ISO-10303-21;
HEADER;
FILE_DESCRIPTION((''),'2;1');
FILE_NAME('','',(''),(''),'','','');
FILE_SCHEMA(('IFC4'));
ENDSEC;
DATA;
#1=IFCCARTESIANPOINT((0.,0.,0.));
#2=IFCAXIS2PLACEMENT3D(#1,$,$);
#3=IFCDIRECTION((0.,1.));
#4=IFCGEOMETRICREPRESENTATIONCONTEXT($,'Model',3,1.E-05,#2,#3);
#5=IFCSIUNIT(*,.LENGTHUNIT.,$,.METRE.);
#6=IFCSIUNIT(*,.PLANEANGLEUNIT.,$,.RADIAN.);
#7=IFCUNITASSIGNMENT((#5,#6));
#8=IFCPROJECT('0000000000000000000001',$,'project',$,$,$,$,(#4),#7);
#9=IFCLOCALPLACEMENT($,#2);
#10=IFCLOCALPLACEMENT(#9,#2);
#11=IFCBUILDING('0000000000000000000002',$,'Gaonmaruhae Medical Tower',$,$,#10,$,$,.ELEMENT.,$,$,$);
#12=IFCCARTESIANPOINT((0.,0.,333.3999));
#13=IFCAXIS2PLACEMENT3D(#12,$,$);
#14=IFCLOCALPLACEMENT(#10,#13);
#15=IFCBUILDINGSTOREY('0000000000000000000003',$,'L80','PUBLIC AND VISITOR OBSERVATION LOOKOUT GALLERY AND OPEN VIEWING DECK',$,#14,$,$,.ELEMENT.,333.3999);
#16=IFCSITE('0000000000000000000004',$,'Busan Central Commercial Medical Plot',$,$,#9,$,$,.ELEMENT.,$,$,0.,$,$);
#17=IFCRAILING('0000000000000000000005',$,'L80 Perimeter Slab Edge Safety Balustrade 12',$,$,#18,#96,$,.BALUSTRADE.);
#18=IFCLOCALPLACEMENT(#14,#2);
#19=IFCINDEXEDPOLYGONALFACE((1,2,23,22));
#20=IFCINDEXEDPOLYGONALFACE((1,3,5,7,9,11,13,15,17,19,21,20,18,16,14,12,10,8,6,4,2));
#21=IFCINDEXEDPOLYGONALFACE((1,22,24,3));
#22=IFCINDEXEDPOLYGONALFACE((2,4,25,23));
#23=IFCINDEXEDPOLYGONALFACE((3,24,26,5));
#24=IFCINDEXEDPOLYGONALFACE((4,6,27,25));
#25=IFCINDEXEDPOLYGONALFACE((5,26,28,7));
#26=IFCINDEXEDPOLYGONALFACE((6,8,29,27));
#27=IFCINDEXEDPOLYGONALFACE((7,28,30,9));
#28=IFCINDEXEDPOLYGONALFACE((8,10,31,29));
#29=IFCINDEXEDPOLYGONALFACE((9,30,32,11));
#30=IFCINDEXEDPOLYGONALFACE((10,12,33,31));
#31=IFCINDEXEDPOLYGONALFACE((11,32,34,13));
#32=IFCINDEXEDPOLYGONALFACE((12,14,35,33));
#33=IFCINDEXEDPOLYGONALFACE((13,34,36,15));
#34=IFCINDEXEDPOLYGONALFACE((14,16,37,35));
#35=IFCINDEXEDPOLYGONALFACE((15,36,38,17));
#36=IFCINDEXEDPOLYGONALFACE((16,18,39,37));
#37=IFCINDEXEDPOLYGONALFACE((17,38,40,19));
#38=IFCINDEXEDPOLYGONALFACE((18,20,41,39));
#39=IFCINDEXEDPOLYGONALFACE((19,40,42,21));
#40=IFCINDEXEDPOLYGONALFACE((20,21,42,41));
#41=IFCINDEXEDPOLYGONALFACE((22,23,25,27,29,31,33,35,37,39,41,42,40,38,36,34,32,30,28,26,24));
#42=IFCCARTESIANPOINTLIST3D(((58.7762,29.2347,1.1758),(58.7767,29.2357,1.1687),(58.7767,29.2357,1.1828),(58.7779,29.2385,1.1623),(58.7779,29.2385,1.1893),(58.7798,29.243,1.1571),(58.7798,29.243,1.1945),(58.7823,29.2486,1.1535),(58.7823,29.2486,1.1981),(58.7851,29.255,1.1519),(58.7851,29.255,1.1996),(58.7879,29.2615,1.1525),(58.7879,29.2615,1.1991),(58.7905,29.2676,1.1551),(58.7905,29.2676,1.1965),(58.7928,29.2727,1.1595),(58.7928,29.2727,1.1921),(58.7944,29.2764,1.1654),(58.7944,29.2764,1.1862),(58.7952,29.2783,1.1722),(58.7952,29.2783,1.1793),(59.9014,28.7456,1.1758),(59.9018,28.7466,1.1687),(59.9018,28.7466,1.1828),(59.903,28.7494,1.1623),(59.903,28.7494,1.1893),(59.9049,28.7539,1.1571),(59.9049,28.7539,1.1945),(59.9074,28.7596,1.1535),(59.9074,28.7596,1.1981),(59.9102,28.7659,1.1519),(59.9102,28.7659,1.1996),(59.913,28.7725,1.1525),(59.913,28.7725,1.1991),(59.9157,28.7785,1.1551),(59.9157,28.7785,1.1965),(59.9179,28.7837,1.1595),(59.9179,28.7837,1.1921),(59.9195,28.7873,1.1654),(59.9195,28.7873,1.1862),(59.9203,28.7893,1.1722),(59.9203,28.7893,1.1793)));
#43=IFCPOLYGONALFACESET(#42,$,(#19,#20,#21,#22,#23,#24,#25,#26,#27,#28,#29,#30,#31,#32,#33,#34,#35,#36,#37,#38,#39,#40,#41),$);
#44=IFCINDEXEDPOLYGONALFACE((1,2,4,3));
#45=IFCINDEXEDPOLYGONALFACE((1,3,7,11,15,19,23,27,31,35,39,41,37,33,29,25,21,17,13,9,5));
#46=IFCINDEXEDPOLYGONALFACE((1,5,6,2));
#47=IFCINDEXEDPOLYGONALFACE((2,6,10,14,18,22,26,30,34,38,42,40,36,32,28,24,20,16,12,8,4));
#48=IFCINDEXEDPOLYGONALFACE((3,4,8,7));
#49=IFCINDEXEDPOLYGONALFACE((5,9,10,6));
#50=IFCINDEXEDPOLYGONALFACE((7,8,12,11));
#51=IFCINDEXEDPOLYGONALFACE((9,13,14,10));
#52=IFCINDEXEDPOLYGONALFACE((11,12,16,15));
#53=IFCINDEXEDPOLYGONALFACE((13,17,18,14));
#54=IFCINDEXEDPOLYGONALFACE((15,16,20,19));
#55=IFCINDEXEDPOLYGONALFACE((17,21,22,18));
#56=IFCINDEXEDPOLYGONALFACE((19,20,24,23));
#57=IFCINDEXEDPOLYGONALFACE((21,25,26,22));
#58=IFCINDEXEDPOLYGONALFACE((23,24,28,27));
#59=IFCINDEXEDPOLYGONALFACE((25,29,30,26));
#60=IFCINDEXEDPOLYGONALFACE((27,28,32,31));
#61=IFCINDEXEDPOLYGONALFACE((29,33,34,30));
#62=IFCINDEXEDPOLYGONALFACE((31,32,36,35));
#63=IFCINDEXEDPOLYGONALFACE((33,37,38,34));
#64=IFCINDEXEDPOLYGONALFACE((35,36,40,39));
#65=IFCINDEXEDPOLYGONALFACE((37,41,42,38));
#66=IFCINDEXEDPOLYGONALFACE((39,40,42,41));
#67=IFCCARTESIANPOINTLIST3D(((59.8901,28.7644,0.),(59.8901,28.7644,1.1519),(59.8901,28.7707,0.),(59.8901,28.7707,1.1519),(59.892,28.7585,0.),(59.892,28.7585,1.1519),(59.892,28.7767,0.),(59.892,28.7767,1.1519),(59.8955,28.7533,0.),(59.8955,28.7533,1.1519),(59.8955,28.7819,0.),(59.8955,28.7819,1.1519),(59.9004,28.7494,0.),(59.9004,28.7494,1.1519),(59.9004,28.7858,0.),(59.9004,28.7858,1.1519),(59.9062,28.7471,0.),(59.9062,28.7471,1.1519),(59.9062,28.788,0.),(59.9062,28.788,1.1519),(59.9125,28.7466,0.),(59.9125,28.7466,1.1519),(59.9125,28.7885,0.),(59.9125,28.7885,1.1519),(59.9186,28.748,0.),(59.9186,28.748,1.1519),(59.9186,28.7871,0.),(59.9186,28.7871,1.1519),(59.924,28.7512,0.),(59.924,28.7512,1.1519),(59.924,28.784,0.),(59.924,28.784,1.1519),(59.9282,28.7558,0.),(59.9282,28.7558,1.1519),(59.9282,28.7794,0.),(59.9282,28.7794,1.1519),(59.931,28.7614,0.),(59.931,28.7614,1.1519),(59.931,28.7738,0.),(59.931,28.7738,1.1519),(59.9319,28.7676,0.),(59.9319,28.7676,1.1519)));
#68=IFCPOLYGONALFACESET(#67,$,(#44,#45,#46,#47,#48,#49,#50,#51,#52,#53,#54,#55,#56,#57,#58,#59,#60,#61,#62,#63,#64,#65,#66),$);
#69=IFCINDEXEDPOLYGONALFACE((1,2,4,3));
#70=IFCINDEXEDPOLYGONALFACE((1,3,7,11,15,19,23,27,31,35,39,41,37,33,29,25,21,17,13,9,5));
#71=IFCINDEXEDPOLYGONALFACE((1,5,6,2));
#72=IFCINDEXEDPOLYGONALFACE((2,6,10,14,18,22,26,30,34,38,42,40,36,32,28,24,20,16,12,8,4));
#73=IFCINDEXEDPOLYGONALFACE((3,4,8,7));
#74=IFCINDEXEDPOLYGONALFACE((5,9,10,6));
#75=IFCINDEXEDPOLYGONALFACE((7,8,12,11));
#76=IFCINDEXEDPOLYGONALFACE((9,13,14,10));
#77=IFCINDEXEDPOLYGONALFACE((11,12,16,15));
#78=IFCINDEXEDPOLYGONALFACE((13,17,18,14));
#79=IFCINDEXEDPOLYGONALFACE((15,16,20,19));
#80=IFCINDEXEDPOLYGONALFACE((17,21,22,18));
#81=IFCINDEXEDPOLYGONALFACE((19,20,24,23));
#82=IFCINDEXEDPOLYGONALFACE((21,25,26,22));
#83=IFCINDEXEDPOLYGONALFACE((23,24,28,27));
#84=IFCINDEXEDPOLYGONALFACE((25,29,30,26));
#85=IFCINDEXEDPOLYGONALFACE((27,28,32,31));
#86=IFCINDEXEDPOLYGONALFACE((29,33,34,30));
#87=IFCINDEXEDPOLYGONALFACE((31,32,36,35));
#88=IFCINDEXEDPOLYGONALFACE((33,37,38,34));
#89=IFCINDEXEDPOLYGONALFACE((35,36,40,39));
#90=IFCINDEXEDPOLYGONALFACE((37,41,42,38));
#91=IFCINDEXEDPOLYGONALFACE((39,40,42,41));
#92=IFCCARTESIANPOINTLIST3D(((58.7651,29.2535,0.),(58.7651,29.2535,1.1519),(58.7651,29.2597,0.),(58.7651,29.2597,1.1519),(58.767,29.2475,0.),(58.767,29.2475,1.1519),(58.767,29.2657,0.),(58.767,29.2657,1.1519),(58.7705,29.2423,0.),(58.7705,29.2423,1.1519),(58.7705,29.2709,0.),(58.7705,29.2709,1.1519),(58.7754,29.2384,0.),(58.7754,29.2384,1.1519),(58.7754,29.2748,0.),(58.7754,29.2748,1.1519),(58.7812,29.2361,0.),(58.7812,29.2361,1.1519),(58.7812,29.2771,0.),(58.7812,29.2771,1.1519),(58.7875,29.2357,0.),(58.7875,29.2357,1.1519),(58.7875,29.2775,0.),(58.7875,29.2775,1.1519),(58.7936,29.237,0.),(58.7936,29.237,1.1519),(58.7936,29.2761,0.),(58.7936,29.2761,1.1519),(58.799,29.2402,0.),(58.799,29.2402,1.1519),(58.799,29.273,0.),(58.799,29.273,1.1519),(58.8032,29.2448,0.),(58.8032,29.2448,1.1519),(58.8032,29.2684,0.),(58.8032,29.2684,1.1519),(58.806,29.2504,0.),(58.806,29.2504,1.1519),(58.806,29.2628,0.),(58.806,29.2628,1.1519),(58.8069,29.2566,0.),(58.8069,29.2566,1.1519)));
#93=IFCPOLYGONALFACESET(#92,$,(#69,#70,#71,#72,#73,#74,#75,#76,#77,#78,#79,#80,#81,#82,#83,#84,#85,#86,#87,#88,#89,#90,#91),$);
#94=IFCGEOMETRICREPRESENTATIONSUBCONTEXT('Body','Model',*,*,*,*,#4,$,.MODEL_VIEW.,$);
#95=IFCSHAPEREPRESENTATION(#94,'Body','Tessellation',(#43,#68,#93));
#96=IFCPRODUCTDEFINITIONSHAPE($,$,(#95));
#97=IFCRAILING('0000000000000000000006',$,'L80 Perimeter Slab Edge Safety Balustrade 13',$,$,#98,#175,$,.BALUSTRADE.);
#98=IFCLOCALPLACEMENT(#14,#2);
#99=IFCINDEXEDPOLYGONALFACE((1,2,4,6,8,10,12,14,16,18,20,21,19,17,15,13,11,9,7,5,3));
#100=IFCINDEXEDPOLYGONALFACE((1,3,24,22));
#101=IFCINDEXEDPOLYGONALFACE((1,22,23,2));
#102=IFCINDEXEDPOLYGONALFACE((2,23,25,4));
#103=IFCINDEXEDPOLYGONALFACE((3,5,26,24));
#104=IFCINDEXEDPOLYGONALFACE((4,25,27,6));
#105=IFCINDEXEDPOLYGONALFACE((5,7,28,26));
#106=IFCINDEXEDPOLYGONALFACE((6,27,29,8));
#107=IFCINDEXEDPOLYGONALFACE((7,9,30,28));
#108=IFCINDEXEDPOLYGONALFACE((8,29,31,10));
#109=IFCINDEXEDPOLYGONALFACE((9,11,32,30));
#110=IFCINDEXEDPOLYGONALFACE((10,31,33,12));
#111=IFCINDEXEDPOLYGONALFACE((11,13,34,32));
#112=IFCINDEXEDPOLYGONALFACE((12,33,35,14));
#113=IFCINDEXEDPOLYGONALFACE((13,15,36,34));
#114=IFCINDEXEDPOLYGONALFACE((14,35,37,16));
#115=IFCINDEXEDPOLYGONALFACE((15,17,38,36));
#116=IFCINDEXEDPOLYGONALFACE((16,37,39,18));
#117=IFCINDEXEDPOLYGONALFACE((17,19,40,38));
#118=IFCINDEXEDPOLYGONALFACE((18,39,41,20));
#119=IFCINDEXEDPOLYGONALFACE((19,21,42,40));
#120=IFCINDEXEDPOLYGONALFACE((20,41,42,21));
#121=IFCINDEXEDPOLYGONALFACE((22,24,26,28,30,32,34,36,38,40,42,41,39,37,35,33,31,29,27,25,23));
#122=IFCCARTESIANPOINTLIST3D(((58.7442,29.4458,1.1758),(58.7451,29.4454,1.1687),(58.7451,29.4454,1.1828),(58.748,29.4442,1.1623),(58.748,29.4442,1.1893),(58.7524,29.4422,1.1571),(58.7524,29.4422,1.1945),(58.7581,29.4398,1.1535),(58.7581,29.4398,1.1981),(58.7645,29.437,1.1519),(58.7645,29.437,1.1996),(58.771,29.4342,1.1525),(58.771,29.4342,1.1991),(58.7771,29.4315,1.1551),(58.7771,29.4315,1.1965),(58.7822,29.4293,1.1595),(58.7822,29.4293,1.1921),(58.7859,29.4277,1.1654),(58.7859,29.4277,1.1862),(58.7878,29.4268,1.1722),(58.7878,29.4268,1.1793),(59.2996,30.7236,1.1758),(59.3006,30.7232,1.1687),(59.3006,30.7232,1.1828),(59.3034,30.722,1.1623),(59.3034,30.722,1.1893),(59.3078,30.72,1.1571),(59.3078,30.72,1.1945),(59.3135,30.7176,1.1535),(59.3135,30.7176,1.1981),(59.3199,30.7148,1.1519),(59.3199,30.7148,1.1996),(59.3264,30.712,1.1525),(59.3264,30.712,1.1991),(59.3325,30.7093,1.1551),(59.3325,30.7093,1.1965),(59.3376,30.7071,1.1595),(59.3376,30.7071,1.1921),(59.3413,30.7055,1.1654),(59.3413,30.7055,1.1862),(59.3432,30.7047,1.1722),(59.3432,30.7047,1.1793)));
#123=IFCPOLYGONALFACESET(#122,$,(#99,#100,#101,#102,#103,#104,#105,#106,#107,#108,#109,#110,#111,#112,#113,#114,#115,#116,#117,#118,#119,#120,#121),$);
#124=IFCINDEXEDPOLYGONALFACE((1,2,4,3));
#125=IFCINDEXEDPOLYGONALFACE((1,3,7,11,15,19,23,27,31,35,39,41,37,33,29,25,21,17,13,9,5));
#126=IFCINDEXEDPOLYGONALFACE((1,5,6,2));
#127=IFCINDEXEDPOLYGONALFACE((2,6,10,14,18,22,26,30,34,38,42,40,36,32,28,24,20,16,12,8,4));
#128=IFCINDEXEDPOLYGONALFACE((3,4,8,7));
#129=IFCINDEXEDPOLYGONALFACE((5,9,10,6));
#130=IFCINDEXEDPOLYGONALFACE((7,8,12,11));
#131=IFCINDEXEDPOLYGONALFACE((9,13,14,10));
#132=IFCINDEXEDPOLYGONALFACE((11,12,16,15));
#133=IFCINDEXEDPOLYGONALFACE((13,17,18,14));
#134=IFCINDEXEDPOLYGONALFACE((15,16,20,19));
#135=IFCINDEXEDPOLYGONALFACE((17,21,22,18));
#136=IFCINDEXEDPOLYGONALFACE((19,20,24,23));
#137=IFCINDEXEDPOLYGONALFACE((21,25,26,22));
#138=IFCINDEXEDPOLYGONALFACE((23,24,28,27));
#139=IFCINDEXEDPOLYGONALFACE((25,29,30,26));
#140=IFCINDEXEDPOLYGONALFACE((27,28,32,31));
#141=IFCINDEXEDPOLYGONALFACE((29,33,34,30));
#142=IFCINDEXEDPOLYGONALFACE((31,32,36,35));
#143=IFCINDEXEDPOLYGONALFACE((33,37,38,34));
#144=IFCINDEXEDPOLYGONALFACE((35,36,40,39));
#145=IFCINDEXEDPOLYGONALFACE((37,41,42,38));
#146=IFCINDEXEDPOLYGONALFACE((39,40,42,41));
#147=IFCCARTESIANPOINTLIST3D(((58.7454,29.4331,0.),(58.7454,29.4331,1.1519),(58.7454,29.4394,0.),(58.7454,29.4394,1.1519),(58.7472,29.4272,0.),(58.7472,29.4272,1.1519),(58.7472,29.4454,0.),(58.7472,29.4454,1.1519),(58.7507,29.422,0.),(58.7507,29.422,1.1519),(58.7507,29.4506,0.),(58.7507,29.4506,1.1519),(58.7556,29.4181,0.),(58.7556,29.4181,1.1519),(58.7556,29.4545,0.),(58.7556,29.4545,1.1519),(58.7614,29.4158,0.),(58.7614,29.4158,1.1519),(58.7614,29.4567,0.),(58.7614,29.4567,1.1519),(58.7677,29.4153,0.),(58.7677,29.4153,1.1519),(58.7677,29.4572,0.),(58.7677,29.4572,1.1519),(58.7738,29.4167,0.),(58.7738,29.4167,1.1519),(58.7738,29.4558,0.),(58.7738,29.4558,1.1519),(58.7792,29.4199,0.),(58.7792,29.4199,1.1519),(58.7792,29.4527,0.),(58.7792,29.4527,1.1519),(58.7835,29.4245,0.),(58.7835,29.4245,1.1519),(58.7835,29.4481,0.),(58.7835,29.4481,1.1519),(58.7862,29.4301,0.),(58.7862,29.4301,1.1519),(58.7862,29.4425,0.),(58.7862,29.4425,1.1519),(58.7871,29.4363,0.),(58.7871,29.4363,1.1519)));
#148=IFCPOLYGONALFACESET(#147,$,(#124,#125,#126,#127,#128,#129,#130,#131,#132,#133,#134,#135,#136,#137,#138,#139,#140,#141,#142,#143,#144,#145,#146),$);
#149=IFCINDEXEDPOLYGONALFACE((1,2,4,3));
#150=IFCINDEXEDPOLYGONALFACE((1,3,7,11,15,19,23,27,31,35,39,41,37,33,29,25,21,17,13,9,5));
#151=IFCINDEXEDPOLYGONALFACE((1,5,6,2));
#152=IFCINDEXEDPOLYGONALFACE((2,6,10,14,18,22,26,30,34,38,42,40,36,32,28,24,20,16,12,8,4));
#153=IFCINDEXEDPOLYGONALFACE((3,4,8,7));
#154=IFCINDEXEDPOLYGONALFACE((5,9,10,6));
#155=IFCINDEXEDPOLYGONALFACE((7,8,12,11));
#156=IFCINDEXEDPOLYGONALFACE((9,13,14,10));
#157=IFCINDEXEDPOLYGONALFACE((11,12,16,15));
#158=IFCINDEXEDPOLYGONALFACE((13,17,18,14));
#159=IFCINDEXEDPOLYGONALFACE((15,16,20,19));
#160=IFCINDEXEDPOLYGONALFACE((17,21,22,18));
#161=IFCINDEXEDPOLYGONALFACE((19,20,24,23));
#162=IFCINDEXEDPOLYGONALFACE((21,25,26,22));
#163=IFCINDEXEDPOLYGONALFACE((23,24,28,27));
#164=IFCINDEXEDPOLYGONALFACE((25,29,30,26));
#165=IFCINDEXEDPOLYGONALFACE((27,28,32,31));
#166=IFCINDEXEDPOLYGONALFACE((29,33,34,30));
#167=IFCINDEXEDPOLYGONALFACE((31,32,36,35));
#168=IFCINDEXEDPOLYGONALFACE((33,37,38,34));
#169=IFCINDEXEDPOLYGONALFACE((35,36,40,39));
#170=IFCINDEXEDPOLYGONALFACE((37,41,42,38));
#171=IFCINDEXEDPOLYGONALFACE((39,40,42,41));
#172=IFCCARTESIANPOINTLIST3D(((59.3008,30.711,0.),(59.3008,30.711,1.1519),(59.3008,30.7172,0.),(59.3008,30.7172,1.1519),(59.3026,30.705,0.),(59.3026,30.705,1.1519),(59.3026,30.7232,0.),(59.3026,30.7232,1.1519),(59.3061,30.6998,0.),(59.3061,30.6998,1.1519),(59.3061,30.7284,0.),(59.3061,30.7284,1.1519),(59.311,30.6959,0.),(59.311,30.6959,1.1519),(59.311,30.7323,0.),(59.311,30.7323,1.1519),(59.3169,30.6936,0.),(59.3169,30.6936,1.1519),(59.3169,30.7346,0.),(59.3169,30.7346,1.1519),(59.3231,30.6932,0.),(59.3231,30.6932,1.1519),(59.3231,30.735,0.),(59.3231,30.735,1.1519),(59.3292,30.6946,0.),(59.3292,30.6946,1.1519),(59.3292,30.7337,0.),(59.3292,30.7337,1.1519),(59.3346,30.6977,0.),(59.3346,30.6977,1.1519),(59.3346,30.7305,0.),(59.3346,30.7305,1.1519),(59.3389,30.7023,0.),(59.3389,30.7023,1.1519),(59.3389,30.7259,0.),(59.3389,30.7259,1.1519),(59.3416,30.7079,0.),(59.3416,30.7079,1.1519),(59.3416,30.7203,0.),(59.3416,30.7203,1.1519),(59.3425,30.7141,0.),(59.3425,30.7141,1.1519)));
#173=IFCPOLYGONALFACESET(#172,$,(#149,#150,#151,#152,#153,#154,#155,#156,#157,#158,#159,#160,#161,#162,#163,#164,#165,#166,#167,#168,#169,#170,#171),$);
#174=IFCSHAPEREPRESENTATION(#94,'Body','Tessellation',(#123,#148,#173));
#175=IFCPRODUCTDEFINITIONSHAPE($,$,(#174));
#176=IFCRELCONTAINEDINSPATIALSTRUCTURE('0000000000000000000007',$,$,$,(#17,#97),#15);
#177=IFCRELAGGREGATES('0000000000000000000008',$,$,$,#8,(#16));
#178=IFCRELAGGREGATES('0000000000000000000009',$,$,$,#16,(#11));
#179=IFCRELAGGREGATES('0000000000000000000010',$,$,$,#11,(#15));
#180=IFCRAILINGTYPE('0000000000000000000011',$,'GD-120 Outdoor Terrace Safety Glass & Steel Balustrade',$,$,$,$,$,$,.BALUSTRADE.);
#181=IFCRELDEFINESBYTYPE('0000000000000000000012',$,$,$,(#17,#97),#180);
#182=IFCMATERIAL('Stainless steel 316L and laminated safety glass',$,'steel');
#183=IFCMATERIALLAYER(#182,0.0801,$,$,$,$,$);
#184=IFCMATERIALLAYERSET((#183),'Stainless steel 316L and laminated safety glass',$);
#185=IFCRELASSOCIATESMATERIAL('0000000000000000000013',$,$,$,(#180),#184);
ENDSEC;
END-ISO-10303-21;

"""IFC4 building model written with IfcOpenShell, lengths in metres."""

from ifc_helpers import new_model, si_unit, direction, frame, origin, origin_2d, place, context, subcontext, project, spatial, circle, extrude, material, layer, layer_set, type_object, element, save


model = new_model("IFC4")

# Units and contexts
model_context = context("Model", 3, precision=1e-05, world=origin(), true_north=direction((0.0, 1.0)))
body_context = subcontext(model_context, "Body", "Model", "MODEL_VIEW")
ifc_project = project(units=[si_unit("LENGTHUNIT", "METRE"), si_unit("PLANEANGLEUNIT", "RADIAN")], contexts=[model_context])

# Site, building, storey
site_placement = place(None, origin())
site = spatial("IfcSite", under=ifc_project, at=site_placement, Name="Busan Central Commercial Medical Plot", CompositionType="ELEMENT", RefElevation=0.0)
building_placement = place(site_placement, origin())
building = spatial("IfcBuilding", under=site, at=building_placement, Name="Gaonmaruhae Medical Tower", CompositionType="ELEMENT")
storey_placement = place(building_placement, frame((0.0, 0.0, 333.3999)))
storey = spatial("IfcBuildingStorey", under=building, at=storey_placement, Name="L80", Description="PUBLIC AND VISITOR OBSERVATION LOOKOUT GALLERY AND OPEN VIEWING DECK", CompositionType="ELEMENT", Elevation=333.3999)

# Railings
ifc_material_1 = material(Name="Stainless steel 316L and laminated safety glass", Category="steel")
ifc_layer_1 = layer(ifc_material_1, 0.0801)
ifc_layer_set_1 = layer_set([ifc_layer_1], Name="Stainless steel 316L and laminated safety glass")
railing_type = type_object("IfcRailingType", Name="GD-120 Outdoor Terrace Safety Glass & Steel Balustrade", PredefinedType="BALUSTRADE", material=ifc_layer_set_1)
railing_1_placement = place(storey_placement, frame((59.9109, 28.7676, 0.0)))
element("IfcRailing", 1, at=railing_1_placement, inside=storey, type_object=railing_type, Name="L80 Perimeter Slab Edge Safety Balustrade 12", PredefinedType="BALUSTRADE", context=body_context, shape_type="SweptSolid", body=[
    extrude(circle(Radius=0.0239, at=origin_2d()), frame((0.0, 0.0, 1.1758), z_axis=(-0.917105, 0.398646, 0.0), x_axis=(-0.398646, -0.917105, 0.0)), (0.0, 0.0, 1.0), 1.2268),
    extrude(circle(Radius=0.021, at=origin_2d()), origin(), (0.0, 0.0, 1.0), 1.1519),
    extrude(circle(Radius=0.021, at=origin_2d()), frame((-1.125, 0.489, 0.0)), (0.0, 0.0, 1.0), 1.1519),
])
railing_2_placement = place(storey_placement, frame((58.7661, 29.4363, 0.0)))
element("IfcRailing", 2, at=railing_2_placement, inside=storey, type_object=railing_type, Name="L80 Perimeter Slab Edge Safety Balustrade 13", PredefinedType="BALUSTRADE", context=body_context, shape_type="SweptSolid", body=[
    extrude(circle(Radius=0.0239, at=origin_2d()), frame((0.0, 0.0, 1.1758), z_axis=(0.39863, 0.917112, 0.0), x_axis=(-0.917112, 0.39863, 0.0)), (0.0, 0.0, 1.0), 1.3933),
    extrude(circle(Radius=0.021, at=origin_2d()), origin(), (0.0, 0.0, 1.0), 1.1519),
    extrude(circle(Radius=0.021, at=origin_2d()), frame((0.5554, 1.2778, 0.0)), (0.0, 0.0, 1.0), 1.1519),
])

save(model, "model.ifc")
